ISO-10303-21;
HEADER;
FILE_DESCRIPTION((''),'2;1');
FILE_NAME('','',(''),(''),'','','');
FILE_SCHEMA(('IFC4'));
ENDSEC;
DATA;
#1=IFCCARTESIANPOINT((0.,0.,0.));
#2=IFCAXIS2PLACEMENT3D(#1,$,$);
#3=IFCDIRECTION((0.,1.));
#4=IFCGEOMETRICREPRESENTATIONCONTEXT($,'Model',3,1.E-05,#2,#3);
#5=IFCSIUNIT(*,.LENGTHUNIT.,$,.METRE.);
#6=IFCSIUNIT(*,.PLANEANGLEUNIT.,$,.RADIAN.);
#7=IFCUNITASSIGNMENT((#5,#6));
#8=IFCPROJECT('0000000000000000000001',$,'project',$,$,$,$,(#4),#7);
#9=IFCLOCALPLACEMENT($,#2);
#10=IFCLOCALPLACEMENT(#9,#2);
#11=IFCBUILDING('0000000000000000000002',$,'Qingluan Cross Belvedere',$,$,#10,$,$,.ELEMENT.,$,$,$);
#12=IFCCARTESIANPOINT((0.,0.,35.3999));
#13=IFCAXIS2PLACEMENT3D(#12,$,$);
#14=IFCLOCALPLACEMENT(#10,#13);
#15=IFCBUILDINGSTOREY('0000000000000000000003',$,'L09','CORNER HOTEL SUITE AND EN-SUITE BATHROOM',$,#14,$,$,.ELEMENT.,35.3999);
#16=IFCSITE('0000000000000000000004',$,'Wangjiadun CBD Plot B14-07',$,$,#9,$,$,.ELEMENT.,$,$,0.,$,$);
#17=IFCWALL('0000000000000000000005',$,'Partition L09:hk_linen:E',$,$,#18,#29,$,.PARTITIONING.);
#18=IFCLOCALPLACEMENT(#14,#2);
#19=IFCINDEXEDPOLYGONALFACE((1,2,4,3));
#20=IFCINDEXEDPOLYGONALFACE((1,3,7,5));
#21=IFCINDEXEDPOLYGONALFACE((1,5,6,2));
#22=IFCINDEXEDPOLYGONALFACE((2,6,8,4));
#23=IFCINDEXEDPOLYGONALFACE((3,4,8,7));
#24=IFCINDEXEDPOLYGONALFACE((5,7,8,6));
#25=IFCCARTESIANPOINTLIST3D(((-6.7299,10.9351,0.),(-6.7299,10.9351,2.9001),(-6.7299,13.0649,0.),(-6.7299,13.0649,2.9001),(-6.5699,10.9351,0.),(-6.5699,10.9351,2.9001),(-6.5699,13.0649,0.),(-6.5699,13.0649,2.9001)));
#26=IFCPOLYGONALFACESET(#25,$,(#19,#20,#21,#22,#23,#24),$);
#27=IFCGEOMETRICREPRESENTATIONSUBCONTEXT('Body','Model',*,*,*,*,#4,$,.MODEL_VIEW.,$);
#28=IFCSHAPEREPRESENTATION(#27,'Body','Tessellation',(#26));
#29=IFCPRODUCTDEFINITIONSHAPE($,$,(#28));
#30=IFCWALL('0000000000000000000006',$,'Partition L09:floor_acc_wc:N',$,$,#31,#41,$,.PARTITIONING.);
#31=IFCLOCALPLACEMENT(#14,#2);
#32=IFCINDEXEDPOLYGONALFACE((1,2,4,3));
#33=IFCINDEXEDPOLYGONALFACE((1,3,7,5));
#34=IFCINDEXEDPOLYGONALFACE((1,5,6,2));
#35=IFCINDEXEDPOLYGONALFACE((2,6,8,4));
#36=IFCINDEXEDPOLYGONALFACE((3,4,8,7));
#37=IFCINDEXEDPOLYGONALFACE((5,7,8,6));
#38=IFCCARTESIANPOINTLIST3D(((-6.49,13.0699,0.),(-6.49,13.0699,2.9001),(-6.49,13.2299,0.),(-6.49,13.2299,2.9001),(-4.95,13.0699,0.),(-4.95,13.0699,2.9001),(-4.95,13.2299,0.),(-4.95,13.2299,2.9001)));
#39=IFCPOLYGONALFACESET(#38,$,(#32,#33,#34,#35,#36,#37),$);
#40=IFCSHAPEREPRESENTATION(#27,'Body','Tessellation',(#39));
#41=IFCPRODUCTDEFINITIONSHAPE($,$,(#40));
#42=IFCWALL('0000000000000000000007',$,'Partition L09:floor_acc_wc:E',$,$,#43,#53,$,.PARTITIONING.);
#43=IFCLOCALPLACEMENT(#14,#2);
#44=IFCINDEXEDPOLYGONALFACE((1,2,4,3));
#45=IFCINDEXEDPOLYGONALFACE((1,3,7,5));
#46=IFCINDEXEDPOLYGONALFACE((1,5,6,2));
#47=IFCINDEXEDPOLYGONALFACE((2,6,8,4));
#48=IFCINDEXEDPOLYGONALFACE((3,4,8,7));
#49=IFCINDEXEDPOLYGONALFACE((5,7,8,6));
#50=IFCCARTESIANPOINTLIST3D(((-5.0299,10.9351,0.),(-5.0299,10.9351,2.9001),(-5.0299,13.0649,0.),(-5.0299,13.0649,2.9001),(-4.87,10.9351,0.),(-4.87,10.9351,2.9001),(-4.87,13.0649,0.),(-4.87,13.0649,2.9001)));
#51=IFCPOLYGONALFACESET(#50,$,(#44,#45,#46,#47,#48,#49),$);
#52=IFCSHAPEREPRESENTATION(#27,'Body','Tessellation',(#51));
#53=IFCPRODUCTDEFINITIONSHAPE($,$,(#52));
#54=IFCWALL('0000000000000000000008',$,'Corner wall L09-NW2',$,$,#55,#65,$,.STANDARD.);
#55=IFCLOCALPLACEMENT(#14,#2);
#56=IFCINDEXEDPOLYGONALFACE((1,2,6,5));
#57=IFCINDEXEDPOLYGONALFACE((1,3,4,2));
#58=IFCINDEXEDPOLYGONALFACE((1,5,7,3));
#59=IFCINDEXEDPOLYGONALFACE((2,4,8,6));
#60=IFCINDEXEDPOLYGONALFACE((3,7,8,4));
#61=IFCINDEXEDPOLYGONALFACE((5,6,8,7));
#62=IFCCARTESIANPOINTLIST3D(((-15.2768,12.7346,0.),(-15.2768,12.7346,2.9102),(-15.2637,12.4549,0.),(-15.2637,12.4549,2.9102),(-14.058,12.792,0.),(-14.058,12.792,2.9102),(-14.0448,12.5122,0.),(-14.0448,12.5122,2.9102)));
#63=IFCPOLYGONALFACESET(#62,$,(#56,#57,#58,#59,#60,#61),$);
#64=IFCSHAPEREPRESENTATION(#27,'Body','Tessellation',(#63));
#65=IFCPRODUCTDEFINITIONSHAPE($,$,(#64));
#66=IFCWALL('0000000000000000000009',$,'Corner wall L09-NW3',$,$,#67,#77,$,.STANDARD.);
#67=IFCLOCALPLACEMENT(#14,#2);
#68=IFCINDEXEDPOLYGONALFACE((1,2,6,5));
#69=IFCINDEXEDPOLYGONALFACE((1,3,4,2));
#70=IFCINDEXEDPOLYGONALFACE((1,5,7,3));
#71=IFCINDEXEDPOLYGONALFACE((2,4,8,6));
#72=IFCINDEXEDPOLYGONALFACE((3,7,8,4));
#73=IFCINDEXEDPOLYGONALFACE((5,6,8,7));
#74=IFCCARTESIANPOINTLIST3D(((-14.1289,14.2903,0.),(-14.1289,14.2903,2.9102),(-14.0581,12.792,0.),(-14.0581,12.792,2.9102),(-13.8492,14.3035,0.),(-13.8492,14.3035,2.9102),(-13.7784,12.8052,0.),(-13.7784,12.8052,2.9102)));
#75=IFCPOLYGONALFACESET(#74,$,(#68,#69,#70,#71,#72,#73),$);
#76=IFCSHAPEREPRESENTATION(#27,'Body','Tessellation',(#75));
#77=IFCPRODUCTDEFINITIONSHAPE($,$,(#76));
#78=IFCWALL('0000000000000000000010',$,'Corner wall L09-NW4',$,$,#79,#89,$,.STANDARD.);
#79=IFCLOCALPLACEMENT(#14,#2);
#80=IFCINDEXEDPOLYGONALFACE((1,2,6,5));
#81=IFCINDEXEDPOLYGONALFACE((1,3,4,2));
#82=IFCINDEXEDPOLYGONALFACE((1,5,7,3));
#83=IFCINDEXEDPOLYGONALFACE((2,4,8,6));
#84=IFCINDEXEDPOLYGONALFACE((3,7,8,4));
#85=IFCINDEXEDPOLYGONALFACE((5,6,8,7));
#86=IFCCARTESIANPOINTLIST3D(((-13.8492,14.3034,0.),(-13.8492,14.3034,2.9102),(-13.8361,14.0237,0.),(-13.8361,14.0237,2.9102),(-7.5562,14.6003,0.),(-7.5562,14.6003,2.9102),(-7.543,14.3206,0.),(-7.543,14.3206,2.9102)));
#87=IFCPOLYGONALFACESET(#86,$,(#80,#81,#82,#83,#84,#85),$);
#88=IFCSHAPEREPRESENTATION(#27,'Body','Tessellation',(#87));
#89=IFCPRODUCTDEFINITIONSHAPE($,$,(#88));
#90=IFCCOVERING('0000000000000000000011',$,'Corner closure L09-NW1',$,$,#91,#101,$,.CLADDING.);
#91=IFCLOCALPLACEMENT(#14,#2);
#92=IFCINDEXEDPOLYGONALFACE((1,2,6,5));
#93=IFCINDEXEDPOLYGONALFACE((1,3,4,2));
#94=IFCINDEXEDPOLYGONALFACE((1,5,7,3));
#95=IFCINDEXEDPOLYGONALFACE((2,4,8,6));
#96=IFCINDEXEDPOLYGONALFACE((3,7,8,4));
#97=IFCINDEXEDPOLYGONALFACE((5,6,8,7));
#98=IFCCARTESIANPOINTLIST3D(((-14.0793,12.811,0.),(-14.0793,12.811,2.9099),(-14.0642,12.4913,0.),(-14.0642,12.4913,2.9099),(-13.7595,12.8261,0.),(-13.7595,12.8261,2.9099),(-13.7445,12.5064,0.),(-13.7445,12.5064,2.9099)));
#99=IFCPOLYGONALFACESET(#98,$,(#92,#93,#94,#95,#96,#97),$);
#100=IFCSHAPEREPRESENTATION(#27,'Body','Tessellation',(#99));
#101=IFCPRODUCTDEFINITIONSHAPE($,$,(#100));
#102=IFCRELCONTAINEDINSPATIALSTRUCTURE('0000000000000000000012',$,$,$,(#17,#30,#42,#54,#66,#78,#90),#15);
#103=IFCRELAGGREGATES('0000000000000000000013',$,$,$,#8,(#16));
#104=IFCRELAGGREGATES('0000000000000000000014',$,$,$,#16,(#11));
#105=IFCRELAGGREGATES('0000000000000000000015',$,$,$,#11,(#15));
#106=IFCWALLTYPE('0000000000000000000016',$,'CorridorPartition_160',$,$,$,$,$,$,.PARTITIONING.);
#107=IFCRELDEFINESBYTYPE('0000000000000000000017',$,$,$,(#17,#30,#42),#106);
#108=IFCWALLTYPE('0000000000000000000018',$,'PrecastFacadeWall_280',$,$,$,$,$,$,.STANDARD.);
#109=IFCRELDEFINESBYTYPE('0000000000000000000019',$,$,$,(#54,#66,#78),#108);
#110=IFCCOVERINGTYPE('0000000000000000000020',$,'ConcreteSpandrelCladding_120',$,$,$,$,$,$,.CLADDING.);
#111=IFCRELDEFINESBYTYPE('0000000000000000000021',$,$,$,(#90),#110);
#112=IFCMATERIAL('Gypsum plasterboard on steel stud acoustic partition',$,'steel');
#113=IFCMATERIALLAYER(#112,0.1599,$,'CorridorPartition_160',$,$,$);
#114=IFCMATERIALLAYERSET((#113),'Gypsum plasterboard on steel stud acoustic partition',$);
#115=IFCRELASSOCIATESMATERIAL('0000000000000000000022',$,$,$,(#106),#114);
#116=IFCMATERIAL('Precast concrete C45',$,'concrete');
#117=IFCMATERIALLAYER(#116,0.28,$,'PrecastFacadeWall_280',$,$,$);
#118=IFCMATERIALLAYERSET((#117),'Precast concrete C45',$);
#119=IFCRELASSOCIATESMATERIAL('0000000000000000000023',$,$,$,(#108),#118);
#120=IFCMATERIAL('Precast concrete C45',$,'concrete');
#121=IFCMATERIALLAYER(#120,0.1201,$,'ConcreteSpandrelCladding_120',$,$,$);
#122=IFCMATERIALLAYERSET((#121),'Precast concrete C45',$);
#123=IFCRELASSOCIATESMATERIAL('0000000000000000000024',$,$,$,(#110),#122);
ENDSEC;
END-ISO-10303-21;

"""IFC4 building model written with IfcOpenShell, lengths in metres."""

from ifc_helpers import new_model, si_unit, direction, frame, frame_2d, origin, origin_2d, place, context, subcontext, project, spatial, rectangle, extrude, material, layer, layer_set, type_object, element, save


model = new_model("IFC4")

# Units and contexts
model_context = context("Model", 3, precision=1e-05, world=origin(), true_north=direction((0.0, 1.0)))
body_context = subcontext(model_context, "Body", "Model", "MODEL_VIEW")
ifc_project = project(units=[si_unit("LENGTHUNIT", "METRE"), si_unit("PLANEANGLEUNIT", "RADIAN")], contexts=[model_context])

# Site, building, storey
site_placement = place(None, origin())
site = spatial("IfcSite", under=ifc_project, at=site_placement, Name="Wangjiadun CBD Plot B14-07", CompositionType="ELEMENT", RefElevation=0.0)
building_placement = place(site_placement, origin())
building = spatial("IfcBuilding", under=site, at=building_placement, Name="Qingluan Cross Belvedere", CompositionType="ELEMENT")
storey_placement = place(building_placement, frame((0.0, 0.0, 35.3999)))
storey = spatial("IfcBuildingStorey", under=building, at=storey_placement, Name="L09", Description="CORNER HOTEL SUITE AND EN-SUITE BATHROOM", CompositionType="ELEMENT", Elevation=35.3999)

# Wall
ifc_material_1 = material(Name="Gypsum plasterboard on steel stud acoustic partition", Category="steel")
ifc_layer_1 = layer(ifc_material_1, 0.1599, Name="CorridorPartition_160")
ifc_layer_set_1 = layer_set([ifc_layer_1], Name="Gypsum plasterboard on steel stud acoustic partition")
wall_type_1 = type_object("IfcWallType", Name="CorridorPartition_160", PredefinedType="PARTITIONING", material=ifc_layer_set_1)
wall_1_placement = place(storey_placement, frame((-6.6499, 10.9351, 0.0), z_axis=(0.0, 0.0, 1.0), x_axis=(0.0, 1.0, 0.0)))
element("IfcWall", 1, at=wall_1_placement, inside=storey, type_object=wall_type_1, Name="Partition L09:hk_linen:E", PredefinedType="PARTITIONING", context=body_context, shape_type="SweptSolid", body=[
    extrude(rectangle(XDim=2.1299, YDim=0.1599, at=frame_2d((1.0649, 0.0))), origin(), (0.0, 0.0, 1.0), 2.9001),
])

# Walls
wall_2_placement = place(storey_placement, frame((-6.49, 13.1499, 0.0), z_axis=(0.0, 0.0, 1.0), x_axis=(1.0, 0.0, 0.0)))
element("IfcWall", 2, at=wall_2_placement, inside=storey, type_object=wall_type_1, Name="Partition L09:floor_acc_wc:N", PredefinedType="PARTITIONING", context=body_context, shape_type="SweptSolid", body=[
    extrude(rectangle(XDim=1.54, YDim=0.1599, at=frame_2d((0.77, 0.0))), origin(), (0.0, 0.0, 1.0), 2.9001),
])
wall_3_placement = place(storey_placement, frame((-4.95, 10.9351, 0.0), z_axis=(0.0, 0.0, 1.0), x_axis=(0.0, 1.0, 0.0)))
element("IfcWall", 3, at=wall_3_placement, inside=storey, type_object=wall_type_1, Name="Partition L09:floor_acc_wc:E", PredefinedType="PARTITIONING", context=body_context, shape_type="SweptSolid", body=[
    extrude(rectangle(XDim=2.1299, YDim=0.1599, at=frame_2d((1.0649, 0.0))), origin(), (0.0, 0.0, 1.0), 2.9001),
])
ifc_material_2 = material(Name="Precast concrete C45", Category="concrete")
ifc_layer_2 = layer(ifc_material_2, 0.28, Name="PrecastFacadeWall_280")
ifc_layer_set_2 = layer_set([ifc_layer_2], Name="Precast concrete C45")
wall_type_2 = type_object("IfcWallType", Name="PrecastFacadeWall_280", PredefinedType="STANDARD", material=ifc_layer_set_2)
wall_4_placement = place(storey_placement, frame((-15.2703, 12.5947, 0.0), z_axis=(0.0, 0.0, 1.0), x_axis=(0.998894, 0.047023, 0.0)))
element("IfcWall", 4, at=wall_4_placement, inside=storey, type_object=wall_type_2, Name="Corner wall L09-NW2", PredefinedType="STANDARD", context=body_context, shape_type="SweptSolid", body=[
    extrude(rectangle(XDim=1.2202, YDim=0.28, at=frame_2d((0.6101, 0.0))), origin(), (0.0, 0.0, 1.0), 2.9102),
])
wall_5_placement = place(storey_placement, frame((-13.9182, 12.7986, 0.0), z_axis=(0.0, 0.0, 1.0), x_axis=(-0.047202, 0.998885, 0.0)))
element("IfcWall", 5, at=wall_5_placement, inside=storey, type_object=wall_type_2, Name="Corner wall L09-NW3", PredefinedType="STANDARD", context=body_context, shape_type="SweptSolid", body=[
    extrude(rectangle(XDim=1.5, YDim=0.28, at=frame_2d((0.75, 0.0))), origin(), (0.0, 0.0, 1.0), 2.9102),
])
wall_6_placement = place(storey_placement, frame((-13.8425, 14.1636, 0.0), z_axis=(0.0, 0.0, 1.0), x_axis=(0.998889, 0.047123, 0.0)))
element("IfcWall", 6, at=wall_6_placement, inside=storey, type_object=wall_type_2, Name="Corner wall L09-NW4", PredefinedType="STANDARD", context=body_context, shape_type="SweptSolid", body=[
    extrude(rectangle(XDim=6.3, YDim=0.28, at=frame_2d((3.1499, 0.0))), origin(), (0.0, 0.0, 1.0), 2.9102),
])

# Covering
ifc_material_3 = material(Name="Precast concrete C45", Category="concrete")
ifc_layer_3 = layer(ifc_material_3, 0.1201, Name="ConcreteSpandrelCladding_120")
ifc_layer_set_3 = layer_set([ifc_layer_3], Name="Precast concrete C45")
covering_type = type_object("IfcCoveringType", Name="ConcreteSpandrelCladding_120", PredefinedType="CLADDING", material=ifc_layer_set_3)
covering_placement = place(storey_placement, frame((-13.9119, 12.6587, 0.0), z_axis=(0.0, 0.0, 1.0), x_axis=(0.99889, 0.047106, 0.0)))
element("IfcCovering", 7, at=covering_placement, inside=storey, type_object=covering_type, Name="Corner closure L09-NW1", PredefinedType="CLADDING", context=body_context, shape_type="SweptSolid", body=[
    extrude(rectangle(XDim=0.3201, YDim=0.3201, at=origin_2d()), origin(), (0.0, 0.0, 1.0), 2.9099),
])

save(model, "model.ifc")
